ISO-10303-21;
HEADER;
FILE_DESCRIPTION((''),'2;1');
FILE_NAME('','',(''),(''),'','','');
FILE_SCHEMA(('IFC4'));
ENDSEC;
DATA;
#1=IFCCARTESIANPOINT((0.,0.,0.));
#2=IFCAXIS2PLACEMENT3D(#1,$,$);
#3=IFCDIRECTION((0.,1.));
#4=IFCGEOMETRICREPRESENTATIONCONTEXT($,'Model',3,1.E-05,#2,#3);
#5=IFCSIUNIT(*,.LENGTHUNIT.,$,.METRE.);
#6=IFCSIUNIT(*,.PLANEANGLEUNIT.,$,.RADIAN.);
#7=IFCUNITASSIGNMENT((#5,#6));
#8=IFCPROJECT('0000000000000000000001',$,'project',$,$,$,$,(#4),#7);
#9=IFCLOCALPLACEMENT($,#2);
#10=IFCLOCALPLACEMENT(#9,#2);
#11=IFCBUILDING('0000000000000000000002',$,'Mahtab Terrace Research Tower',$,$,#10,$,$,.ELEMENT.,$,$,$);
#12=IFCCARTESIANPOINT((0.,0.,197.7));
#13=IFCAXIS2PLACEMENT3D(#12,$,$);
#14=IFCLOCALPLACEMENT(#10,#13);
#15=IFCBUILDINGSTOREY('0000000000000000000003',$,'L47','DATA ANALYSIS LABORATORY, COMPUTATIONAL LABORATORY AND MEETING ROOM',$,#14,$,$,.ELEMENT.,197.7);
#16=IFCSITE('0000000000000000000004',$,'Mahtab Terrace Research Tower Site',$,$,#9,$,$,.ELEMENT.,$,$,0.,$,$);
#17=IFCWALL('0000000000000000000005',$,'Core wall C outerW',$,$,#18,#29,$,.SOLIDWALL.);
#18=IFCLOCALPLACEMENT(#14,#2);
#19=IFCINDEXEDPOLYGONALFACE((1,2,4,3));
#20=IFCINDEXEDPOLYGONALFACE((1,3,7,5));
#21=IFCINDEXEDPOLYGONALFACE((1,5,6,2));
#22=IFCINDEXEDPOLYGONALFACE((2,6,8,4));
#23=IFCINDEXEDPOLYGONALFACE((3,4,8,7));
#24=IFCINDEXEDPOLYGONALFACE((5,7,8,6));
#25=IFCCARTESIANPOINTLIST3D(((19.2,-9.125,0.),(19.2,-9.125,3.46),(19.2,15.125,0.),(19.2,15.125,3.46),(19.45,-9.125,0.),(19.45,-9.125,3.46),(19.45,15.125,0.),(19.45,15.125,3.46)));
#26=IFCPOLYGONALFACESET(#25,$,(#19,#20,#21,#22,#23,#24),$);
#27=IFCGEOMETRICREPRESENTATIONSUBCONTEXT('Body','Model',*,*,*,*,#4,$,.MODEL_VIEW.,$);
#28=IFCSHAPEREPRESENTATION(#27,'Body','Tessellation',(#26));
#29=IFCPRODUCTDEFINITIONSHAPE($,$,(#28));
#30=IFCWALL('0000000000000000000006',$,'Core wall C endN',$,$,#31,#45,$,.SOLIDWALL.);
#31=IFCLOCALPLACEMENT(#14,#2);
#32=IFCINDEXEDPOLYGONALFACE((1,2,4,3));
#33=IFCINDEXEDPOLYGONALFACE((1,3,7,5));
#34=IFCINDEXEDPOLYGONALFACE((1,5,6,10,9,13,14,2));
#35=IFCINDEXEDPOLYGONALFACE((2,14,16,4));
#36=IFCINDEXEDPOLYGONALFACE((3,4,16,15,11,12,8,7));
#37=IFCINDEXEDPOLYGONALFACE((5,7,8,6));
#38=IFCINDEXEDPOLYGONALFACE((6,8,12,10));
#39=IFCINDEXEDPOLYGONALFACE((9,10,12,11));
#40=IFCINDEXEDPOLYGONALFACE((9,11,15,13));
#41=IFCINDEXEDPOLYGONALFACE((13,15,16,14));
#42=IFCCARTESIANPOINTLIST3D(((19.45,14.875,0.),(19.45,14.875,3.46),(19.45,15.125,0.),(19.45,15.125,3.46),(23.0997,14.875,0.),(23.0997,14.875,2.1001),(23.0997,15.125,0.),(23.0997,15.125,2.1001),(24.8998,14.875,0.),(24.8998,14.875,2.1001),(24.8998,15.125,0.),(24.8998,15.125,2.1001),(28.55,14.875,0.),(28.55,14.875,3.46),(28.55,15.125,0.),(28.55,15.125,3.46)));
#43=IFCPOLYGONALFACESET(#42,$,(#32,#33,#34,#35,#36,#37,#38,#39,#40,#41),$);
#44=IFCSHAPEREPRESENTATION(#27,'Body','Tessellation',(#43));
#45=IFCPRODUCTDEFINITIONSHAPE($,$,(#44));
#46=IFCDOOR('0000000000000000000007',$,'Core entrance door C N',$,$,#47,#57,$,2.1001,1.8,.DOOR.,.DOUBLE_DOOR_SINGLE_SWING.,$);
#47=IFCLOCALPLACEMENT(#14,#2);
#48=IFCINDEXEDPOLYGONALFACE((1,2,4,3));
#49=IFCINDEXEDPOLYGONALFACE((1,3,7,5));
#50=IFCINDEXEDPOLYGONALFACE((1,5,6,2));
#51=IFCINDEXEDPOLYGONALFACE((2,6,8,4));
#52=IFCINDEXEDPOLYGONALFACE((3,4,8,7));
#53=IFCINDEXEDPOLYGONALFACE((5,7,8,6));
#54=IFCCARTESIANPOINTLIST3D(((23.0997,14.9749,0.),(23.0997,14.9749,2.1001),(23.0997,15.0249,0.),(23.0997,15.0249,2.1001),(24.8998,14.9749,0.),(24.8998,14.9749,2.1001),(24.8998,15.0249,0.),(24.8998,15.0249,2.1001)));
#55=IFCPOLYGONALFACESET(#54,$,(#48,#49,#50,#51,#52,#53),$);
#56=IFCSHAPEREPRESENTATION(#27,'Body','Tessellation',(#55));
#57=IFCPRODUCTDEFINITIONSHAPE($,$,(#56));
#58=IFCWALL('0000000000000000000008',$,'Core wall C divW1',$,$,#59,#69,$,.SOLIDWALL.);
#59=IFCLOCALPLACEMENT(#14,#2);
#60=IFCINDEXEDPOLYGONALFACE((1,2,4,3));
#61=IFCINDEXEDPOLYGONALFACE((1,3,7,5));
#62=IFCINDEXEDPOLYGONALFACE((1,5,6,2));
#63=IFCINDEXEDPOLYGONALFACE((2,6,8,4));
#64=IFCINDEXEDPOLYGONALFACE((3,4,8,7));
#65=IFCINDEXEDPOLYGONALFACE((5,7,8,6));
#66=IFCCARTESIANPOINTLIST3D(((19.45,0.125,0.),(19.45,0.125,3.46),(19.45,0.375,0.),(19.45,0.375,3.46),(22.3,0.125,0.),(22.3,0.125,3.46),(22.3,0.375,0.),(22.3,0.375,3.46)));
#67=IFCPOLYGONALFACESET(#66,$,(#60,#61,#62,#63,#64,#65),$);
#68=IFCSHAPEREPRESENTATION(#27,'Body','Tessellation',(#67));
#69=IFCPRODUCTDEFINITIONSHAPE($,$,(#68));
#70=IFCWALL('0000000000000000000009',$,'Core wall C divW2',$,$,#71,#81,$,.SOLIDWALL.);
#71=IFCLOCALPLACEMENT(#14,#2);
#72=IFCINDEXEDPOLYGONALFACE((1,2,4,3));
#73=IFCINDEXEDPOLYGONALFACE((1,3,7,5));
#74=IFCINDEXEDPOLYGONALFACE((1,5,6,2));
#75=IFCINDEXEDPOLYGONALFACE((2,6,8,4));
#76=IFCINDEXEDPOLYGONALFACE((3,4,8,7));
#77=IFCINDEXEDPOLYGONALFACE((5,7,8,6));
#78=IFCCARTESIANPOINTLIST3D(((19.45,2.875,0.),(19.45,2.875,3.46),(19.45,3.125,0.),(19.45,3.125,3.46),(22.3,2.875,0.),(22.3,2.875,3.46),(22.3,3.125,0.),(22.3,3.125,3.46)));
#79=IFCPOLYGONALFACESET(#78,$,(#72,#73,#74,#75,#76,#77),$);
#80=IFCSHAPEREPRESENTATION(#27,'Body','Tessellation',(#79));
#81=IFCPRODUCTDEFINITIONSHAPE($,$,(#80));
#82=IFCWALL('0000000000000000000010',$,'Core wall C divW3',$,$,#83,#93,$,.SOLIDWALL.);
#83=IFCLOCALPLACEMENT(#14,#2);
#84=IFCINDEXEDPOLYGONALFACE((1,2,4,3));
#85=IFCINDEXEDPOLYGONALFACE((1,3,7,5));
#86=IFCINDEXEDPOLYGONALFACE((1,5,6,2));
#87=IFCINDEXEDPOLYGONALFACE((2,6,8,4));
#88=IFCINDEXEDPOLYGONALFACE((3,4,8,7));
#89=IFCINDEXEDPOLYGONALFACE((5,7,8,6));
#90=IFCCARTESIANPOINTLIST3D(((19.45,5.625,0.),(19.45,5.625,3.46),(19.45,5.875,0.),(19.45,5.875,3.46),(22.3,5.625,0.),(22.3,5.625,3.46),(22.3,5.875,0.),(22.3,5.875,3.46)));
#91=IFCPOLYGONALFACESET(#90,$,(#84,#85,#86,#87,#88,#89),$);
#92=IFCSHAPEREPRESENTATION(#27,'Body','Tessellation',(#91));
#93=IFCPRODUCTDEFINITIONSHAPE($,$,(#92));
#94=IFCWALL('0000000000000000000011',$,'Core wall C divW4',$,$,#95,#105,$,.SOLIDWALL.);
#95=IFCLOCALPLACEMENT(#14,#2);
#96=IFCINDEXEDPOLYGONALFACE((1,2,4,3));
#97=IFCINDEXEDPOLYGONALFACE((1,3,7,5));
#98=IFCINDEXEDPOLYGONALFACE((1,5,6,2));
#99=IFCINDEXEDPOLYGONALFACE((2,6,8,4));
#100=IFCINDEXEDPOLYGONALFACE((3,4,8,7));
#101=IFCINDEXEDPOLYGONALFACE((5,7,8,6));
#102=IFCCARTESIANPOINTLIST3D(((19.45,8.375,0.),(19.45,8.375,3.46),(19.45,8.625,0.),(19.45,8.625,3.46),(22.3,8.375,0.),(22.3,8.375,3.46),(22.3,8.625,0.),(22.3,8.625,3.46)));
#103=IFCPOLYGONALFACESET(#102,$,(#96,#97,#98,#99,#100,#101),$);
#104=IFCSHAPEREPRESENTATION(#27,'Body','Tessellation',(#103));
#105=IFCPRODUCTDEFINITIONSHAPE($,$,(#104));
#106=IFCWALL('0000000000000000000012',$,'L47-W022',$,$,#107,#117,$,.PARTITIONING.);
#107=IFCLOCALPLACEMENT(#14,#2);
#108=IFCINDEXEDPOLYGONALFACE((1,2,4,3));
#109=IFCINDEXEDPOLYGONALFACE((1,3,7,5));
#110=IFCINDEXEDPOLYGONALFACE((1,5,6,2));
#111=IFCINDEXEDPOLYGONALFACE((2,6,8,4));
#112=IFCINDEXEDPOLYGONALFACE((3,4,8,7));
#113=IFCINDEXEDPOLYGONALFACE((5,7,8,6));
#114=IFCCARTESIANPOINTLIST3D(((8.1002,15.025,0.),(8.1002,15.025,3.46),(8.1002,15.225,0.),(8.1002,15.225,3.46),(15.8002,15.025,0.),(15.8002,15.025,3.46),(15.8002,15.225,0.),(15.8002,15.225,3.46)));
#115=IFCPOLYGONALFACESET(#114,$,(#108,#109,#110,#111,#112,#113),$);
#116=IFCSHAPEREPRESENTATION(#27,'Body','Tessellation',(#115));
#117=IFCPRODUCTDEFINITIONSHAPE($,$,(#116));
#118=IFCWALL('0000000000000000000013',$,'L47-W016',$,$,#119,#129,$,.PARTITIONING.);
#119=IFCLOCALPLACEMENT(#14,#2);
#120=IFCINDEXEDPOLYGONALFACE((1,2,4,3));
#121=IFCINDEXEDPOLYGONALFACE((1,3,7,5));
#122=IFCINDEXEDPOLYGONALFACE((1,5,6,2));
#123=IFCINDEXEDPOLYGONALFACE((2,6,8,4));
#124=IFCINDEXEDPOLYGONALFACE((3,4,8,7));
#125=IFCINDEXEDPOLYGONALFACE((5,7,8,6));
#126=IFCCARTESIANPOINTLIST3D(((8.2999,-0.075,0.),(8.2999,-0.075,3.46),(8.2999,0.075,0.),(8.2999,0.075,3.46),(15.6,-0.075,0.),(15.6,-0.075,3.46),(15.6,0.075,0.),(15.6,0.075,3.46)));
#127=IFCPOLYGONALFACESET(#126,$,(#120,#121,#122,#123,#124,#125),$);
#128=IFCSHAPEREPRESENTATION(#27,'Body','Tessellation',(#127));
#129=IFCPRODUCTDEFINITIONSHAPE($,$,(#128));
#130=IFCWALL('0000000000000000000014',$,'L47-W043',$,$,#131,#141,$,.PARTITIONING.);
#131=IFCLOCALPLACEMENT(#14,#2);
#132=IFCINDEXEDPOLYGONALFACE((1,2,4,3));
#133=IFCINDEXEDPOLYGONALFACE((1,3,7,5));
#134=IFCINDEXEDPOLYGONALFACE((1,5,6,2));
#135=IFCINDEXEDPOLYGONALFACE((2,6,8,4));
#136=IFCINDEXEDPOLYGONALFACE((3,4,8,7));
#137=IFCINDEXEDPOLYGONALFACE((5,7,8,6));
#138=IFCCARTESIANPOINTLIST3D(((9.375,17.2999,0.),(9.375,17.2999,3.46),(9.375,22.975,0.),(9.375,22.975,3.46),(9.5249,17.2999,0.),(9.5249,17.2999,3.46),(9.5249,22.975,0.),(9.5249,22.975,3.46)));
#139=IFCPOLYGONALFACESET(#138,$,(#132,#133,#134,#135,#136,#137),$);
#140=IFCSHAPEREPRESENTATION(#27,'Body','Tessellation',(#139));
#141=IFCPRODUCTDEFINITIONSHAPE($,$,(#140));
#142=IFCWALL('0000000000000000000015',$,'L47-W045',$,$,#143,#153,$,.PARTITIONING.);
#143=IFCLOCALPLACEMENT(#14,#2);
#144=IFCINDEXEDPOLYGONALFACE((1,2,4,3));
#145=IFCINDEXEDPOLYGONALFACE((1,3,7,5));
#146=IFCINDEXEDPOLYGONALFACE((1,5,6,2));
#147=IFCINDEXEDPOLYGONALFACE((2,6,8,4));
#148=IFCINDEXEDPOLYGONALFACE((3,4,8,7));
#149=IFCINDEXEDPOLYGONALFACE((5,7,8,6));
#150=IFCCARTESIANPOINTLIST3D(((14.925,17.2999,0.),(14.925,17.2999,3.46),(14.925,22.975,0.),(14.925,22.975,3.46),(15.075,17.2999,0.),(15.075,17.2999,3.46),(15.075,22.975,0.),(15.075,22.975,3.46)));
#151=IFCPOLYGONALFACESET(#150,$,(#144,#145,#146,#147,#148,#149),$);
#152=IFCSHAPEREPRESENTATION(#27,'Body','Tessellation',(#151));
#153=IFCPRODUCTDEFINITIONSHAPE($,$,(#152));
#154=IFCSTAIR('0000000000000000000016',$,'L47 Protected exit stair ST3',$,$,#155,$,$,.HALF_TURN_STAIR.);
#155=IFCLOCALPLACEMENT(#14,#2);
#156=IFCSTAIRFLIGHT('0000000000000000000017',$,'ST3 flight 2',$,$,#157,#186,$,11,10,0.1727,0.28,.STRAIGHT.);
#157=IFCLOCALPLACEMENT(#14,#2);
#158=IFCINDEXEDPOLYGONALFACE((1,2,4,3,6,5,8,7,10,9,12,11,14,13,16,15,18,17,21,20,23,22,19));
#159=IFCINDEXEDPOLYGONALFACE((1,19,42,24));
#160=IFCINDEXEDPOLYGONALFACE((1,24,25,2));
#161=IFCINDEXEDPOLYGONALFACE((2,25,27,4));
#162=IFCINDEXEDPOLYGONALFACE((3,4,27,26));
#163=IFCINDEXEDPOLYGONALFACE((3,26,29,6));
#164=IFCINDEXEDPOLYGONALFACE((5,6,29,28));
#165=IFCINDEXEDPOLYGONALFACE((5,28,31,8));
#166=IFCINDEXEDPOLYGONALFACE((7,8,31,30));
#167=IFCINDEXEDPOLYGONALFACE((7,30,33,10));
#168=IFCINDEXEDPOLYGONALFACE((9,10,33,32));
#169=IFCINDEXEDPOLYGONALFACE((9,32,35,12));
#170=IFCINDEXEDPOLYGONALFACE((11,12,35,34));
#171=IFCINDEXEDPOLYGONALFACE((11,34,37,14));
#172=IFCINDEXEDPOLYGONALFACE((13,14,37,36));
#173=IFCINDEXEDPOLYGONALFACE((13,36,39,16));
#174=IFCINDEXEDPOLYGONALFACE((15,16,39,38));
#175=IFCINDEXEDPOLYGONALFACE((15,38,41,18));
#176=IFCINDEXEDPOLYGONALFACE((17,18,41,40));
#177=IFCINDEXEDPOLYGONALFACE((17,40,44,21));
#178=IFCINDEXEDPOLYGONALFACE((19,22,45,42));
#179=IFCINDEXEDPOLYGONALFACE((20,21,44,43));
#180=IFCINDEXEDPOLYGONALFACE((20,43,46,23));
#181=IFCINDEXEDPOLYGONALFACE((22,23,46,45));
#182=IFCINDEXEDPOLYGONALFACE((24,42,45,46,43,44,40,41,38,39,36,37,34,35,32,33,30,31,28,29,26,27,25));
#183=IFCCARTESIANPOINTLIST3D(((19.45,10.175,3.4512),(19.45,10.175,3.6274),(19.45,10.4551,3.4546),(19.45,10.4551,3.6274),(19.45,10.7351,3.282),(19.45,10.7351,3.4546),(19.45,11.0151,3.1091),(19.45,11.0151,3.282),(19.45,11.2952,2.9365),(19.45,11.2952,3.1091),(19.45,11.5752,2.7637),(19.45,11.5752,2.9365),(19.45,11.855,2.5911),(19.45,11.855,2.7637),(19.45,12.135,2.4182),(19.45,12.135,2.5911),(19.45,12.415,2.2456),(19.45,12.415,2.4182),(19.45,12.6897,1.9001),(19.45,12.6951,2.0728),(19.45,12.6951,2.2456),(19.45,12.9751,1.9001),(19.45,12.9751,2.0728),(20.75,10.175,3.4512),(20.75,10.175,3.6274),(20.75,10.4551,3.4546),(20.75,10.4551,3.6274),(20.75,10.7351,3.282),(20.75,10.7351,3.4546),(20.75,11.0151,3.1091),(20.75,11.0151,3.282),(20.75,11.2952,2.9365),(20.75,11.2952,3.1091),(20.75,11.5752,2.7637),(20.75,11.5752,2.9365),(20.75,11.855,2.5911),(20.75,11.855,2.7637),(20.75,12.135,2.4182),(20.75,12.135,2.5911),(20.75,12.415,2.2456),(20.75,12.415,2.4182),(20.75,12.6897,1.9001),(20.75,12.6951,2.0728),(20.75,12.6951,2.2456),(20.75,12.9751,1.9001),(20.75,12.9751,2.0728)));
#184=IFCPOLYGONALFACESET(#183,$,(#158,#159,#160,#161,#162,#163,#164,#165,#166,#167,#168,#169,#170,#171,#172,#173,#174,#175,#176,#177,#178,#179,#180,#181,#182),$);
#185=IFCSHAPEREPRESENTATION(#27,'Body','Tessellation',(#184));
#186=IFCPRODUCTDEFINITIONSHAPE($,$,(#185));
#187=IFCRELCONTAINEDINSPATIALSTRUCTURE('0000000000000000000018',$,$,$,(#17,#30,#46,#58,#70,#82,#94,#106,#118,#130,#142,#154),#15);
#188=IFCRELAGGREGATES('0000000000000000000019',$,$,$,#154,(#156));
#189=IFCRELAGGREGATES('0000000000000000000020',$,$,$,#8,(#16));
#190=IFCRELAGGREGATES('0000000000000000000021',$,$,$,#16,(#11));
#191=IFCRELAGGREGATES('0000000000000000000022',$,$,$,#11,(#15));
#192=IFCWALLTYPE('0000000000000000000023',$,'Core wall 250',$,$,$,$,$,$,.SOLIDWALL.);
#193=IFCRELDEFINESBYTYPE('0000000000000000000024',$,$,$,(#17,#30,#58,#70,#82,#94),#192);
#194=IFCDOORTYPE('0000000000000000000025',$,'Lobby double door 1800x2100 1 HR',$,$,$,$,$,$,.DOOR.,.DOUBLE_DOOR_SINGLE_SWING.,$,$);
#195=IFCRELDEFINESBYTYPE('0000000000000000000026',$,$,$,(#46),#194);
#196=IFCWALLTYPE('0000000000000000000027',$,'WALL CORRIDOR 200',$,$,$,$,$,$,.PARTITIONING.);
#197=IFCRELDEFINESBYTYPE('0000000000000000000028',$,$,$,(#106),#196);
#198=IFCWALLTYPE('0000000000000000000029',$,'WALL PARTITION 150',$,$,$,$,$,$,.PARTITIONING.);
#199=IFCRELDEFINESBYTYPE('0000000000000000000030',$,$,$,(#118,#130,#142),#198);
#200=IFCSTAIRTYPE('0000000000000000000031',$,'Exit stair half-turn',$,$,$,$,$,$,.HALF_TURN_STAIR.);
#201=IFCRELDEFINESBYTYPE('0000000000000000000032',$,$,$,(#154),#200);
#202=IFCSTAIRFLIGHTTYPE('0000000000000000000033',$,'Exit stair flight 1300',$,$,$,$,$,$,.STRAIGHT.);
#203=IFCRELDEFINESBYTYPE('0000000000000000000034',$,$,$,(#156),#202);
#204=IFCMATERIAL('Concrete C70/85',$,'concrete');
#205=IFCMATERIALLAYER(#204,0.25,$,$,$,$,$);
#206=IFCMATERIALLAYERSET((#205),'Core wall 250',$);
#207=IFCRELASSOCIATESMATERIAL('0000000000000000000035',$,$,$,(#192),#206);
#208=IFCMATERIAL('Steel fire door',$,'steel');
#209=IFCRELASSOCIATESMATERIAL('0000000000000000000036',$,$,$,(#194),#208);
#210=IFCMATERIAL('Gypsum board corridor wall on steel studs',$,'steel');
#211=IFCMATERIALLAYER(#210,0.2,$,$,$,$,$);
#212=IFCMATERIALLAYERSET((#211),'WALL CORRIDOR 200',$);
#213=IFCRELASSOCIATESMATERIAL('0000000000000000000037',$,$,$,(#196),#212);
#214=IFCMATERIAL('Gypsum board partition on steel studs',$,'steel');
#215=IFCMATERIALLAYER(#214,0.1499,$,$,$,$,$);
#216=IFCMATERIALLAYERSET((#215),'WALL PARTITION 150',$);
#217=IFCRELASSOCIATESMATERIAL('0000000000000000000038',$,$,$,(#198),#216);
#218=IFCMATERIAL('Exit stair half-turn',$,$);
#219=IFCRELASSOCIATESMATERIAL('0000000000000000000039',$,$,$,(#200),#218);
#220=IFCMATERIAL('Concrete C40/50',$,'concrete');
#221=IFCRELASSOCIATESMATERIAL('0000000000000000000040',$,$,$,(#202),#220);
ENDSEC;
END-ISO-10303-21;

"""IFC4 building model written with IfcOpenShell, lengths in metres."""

from ifc_helpers import new_model, si_unit, direction, frame, frame_2d, origin, place, context, subcontext, project, spatial, polyline, rectangle, outline, extrude, material, layer, layer_set, type_object, element, fill, aggregate, save


model = new_model("IFC4")

# Units and contexts
model_context = context("Model", 3, precision=1e-05, world=origin(), true_north=direction((0.0, 1.0)))
body_context = subcontext(model_context, "Body", "Model", "MODEL_VIEW")
ifc_project = project(units=[si_unit("LENGTHUNIT", "METRE"), si_unit("PLANEANGLEUNIT", "RADIAN")], contexts=[model_context])

# Site, building, storey
site_placement = place(None, origin())
site = spatial("IfcSite", under=ifc_project, at=site_placement, Name="Mahtab Terrace Research Tower Site", CompositionType="ELEMENT", RefElevation=0.0)
building_placement = place(site_placement, origin())
building = spatial("IfcBuilding", under=site, at=building_placement, Name="Mahtab Terrace Research Tower", CompositionType="ELEMENT")
storey_placement = place(building_placement, frame((0.0, 0.0, 197.7)))
storey = spatial("IfcBuildingStorey", under=building, at=storey_placement, Name="L47", Description="DATA ANALYSIS LABORATORY, COMPUTATIONAL LABORATORY AND MEETING ROOM", CompositionType="ELEMENT", Elevation=197.7)

# Shared definitions
ifc_material_1 = material(Name="Concrete C70/85", Category="concrete")

# Wall
ifc_layer_1 = layer(ifc_material_1, 0.25)
ifc_layer_set_1 = layer_set([ifc_layer_1], Name="Core wall 250")
wall_type_1 = type_object("IfcWallType", Name="Core wall 250", PredefinedType="SOLIDWALL", material=ifc_layer_set_1)
wall_1_placement = place(storey_placement, frame((19.325, 15.125, 0.0), z_axis=(0.0, 0.0, 1.0), x_axis=(0.0, -1.0, 0.0)))
element("IfcWall", 1, at=wall_1_placement, inside=storey, type_object=wall_type_1, Name="Core wall C outerW", PredefinedType="SOLIDWALL", context=body_context, shape_type="SweptSolid", body=[
    extrude(rectangle(XDim=24.25, YDim=0.25, at=frame_2d((12.125, 0.0))), origin(), (0.0, 0.0, 1.0), 3.46),
])

# Wall, opening, door
wall_2_placement = place(storey_placement, frame((19.45, 15.0, 0.0), z_axis=(0.0, 0.0, 1.0), x_axis=(1.0, 0.0, 0.0)))
wall_2 = element("IfcWall", 2, at=wall_2_placement, inside=storey, type_object=wall_type_1, Name="Core wall C endN", PredefinedType="SOLIDWALL", context=body_context, shape_type="SweptSolid", body=[
    extrude(rectangle(XDim=9.1001, YDim=0.25, at=frame_2d((4.55, 0.0))), origin(), (0.0, 0.0, 1.0), 3.46),
])
opening_placement = place(wall_2_placement, frame((3.6499, 0.0, 0.0)))
opening = element("IfcOpeningElement", 3, at=opening_placement, cuts=wall_2, PredefinedType="OPENING", context=body_context, shape_type="SweptSolid", body=[
    extrude(rectangle(XDim=1.8, YDim=2.1001, at=frame_2d((0.8999, 1.05))), frame((0.0, 0.135, 0.0), z_axis=(0.0, -1.0, 0.0), x_axis=(1.0, 0.0, 0.0)), (0.0, 0.0, 1.0), 0.27),
])
ifc_material_2 = material(Name="Steel fire door", Category="steel")
door_type = type_object("IfcDoorType", Name="Lobby double door 1800x2100 1 HR", OperationType="DOUBLE_DOOR_SINGLE_SWING", PredefinedType="DOOR", material=ifc_material_2)
door_placement = place(opening_placement, origin())
door = element("IfcDoor", 4, at=door_placement, inside=storey, type_object=door_type, Name="Core entrance door C N", OperationType="DOUBLE_DOOR_SINGLE_SWING", OverallHeight=2.1001, OverallWidth=1.8, PredefinedType="DOOR", context=body_context, shape_type="SweptSolid", body=[
    extrude(rectangle(XDim=1.8, YDim=2.1001, at=frame_2d((0.8999, 1.05))), frame((0.0, 0.0249, 0.0), z_axis=(0.0, -1.0, 0.0), x_axis=(1.0, 0.0, 0.0)), (0.0, 0.0, 1.0), 0.05),
])
fill(opening, door)

# Walls
for number, where, z_axis, x_axis, name in (
    (5, (19.45, 0.25, 0.0), (0.0, 0.0, 1.0), (1.0, 0.0, 0.0), "Core wall C divW1"),
    (6, (19.45, 3.0, 0.0), (0.0, 0.0, 1.0), (1.0, 0.0, 0.0), "Core wall C divW2"),
    (7, (19.45, 5.75, 0.0), (0.0, 0.0, 1.0), (1.0, 0.0, 0.0), "Core wall C divW3"),
    (8, (19.45, 8.5, 0.0), (0.0, 0.0, 1.0), (1.0, 0.0, 0.0), "Core wall C divW4"),
):
    element("IfcWall", number, at=place(storey_placement, frame(where, z_axis=z_axis, x_axis=x_axis)), inside=storey, type_object=wall_type_1, Name=name, PredefinedType="SOLIDWALL", context=body_context, shape_type="SweptSolid", body=[
        extrude(rectangle(XDim=2.8501, YDim=0.25, at=frame_2d((1.425, 0.0))), origin(), (0.0, 0.0, 1.0), 3.46),
    ])
ifc_material_3 = material(Name="Gypsum board corridor wall on steel studs", Category="steel")
ifc_layer_2 = layer(ifc_material_3, 0.2)
ifc_layer_set_2 = layer_set([ifc_layer_2], Name="WALL CORRIDOR 200")
wall_type_2 = type_object("IfcWallType", Name="WALL CORRIDOR 200", PredefinedType="PARTITIONING", material=ifc_layer_set_2)
wall_3_placement = place(storey_placement, frame((8.1001, 15.125, 0.0), z_axis=(0.0, 0.0, 1.0), x_axis=(1.0, 0.0, 0.0)))
element("IfcWall", 9, at=wall_3_placement, inside=storey, type_object=wall_type_2, Name="L47-W022", PredefinedType="PARTITIONING", context=body_context, shape_type="SweptSolid", body=[
    extrude(rectangle(XDim=7.7, YDim=0.2, at=frame_2d((3.8501, 0.0))), origin(), (0.0, 0.0, 1.0), 3.46),
])
ifc_material_4 = material(Name="Gypsum board partition on steel studs", Category="steel")
ifc_layer_3 = layer(ifc_material_4, 0.1499)
ifc_layer_set_3 = layer_set([ifc_layer_3], Name="WALL PARTITION 150")
wall_type_3 = type_object("IfcWallType", Name="WALL PARTITION 150", PredefinedType="PARTITIONING", material=ifc_layer_set_3)
wall_4_placement = place(storey_placement, frame((8.3, 0.0, 0.0), z_axis=(0.0, 0.0, 1.0), x_axis=(1.0, 0.0, 0.0)))
element("IfcWall", 10, at=wall_4_placement, inside=storey, type_object=wall_type_3, Name="L47-W016", PredefinedType="PARTITIONING", context=body_context, shape_type="SweptSolid", body=[
    extrude(rectangle(XDim=7.3, YDim=0.1499, at=frame_2d((3.6499, 0.0))), origin(), (0.0, 0.0, 1.0), 3.46),
])
for number, where, z_axis, x_axis, name in (
    (11, (9.45, 17.3, 0.0), (0.0, 0.0, 1.0), (0.0, 1.0, 0.0), "L47-W043"),
    (12, (15.0, 17.3, 0.0), (0.0, 0.0, 1.0), (0.0, 1.0, 0.0), "L47-W045"),
):
    element("IfcWall", number, at=place(storey_placement, frame(where, z_axis=z_axis, x_axis=x_axis)), inside=storey, type_object=wall_type_3, Name=name, PredefinedType="PARTITIONING", context=body_context, shape_type="SweptSolid", body=[
        extrude(rectangle(XDim=5.675, YDim=0.1499, at=frame_2d((2.8374, 0.0))), origin(), (0.0, 0.0, 1.0), 3.46),
    ])

# Stair, stair flight
ifc_material_5 = material(Name="Exit stair half-turn")
stair_type = type_object("IfcStairType", Name="Exit stair half-turn", PredefinedType="HALF_TURN_STAIR", material=ifc_material_5)
stair_placement = place(storey_placement, origin())
stair = element("IfcStair", 13, at=stair_placement, inside=storey, type_object=stair_type, Name="L47 Protected exit stair ST3", PredefinedType="HALF_TURN_STAIR")
ifc_material_6 = material(Name="Concrete C40/50", Category="concrete")
stair_flight_type = type_object("IfcStairFlightType", Name="Exit stair flight 1300", PredefinedType="STRAIGHT", material=ifc_material_6)
stair_flight_placement = place(storey_placement, frame((20.1001, 12.9751, 1.9001), z_axis=(0.0, 0.0, 1.0), x_axis=(0.0, -1.0, 0.0)))
stair_flight = element("IfcStairFlight", 14, at=stair_flight_placement, type_object=stair_flight_type, Name="ST3 flight 2", NumberOfRisers=11, NumberOfTreads=10, PredefinedType="STRAIGHT", RiserHeight=0.1727, TreadLength=0.28, context=body_context, shape_type="SweptSolid", body=[
    extrude(outline(polyline([(0.0, 0.0), (0.0, 0.1726), (0.28, 0.1726), (0.28, 0.3455), (0.5601, 0.3455), (0.5601, 0.5181), (0.8401, 0.5181), (0.8401, 0.6909), (1.1201, 0.6909), (1.1201, 0.8635), (1.3999, 0.8635), (1.3999, 1.0364), (1.6799, 1.0364), (1.6799, 1.209), (1.96, 1.209), (1.96, 1.3818), (2.24, 1.3818), (2.24, 1.5544), (2.52, 1.5544), (2.52, 1.7273), (2.8, 1.7273), (2.8, 1.8999), (2.8, 1.551), (0.2854, 0.0), (0.0, 0.0)])), frame((0.0, 0.6499, 0.0), z_axis=(0.0, -1.0, 0.0), x_axis=(1.0, 0.0, 0.0)), (0.0, 0.0, 1.0), 1.3),
])
aggregate(stair, [stair_flight])

save(model, "model.ifc")
